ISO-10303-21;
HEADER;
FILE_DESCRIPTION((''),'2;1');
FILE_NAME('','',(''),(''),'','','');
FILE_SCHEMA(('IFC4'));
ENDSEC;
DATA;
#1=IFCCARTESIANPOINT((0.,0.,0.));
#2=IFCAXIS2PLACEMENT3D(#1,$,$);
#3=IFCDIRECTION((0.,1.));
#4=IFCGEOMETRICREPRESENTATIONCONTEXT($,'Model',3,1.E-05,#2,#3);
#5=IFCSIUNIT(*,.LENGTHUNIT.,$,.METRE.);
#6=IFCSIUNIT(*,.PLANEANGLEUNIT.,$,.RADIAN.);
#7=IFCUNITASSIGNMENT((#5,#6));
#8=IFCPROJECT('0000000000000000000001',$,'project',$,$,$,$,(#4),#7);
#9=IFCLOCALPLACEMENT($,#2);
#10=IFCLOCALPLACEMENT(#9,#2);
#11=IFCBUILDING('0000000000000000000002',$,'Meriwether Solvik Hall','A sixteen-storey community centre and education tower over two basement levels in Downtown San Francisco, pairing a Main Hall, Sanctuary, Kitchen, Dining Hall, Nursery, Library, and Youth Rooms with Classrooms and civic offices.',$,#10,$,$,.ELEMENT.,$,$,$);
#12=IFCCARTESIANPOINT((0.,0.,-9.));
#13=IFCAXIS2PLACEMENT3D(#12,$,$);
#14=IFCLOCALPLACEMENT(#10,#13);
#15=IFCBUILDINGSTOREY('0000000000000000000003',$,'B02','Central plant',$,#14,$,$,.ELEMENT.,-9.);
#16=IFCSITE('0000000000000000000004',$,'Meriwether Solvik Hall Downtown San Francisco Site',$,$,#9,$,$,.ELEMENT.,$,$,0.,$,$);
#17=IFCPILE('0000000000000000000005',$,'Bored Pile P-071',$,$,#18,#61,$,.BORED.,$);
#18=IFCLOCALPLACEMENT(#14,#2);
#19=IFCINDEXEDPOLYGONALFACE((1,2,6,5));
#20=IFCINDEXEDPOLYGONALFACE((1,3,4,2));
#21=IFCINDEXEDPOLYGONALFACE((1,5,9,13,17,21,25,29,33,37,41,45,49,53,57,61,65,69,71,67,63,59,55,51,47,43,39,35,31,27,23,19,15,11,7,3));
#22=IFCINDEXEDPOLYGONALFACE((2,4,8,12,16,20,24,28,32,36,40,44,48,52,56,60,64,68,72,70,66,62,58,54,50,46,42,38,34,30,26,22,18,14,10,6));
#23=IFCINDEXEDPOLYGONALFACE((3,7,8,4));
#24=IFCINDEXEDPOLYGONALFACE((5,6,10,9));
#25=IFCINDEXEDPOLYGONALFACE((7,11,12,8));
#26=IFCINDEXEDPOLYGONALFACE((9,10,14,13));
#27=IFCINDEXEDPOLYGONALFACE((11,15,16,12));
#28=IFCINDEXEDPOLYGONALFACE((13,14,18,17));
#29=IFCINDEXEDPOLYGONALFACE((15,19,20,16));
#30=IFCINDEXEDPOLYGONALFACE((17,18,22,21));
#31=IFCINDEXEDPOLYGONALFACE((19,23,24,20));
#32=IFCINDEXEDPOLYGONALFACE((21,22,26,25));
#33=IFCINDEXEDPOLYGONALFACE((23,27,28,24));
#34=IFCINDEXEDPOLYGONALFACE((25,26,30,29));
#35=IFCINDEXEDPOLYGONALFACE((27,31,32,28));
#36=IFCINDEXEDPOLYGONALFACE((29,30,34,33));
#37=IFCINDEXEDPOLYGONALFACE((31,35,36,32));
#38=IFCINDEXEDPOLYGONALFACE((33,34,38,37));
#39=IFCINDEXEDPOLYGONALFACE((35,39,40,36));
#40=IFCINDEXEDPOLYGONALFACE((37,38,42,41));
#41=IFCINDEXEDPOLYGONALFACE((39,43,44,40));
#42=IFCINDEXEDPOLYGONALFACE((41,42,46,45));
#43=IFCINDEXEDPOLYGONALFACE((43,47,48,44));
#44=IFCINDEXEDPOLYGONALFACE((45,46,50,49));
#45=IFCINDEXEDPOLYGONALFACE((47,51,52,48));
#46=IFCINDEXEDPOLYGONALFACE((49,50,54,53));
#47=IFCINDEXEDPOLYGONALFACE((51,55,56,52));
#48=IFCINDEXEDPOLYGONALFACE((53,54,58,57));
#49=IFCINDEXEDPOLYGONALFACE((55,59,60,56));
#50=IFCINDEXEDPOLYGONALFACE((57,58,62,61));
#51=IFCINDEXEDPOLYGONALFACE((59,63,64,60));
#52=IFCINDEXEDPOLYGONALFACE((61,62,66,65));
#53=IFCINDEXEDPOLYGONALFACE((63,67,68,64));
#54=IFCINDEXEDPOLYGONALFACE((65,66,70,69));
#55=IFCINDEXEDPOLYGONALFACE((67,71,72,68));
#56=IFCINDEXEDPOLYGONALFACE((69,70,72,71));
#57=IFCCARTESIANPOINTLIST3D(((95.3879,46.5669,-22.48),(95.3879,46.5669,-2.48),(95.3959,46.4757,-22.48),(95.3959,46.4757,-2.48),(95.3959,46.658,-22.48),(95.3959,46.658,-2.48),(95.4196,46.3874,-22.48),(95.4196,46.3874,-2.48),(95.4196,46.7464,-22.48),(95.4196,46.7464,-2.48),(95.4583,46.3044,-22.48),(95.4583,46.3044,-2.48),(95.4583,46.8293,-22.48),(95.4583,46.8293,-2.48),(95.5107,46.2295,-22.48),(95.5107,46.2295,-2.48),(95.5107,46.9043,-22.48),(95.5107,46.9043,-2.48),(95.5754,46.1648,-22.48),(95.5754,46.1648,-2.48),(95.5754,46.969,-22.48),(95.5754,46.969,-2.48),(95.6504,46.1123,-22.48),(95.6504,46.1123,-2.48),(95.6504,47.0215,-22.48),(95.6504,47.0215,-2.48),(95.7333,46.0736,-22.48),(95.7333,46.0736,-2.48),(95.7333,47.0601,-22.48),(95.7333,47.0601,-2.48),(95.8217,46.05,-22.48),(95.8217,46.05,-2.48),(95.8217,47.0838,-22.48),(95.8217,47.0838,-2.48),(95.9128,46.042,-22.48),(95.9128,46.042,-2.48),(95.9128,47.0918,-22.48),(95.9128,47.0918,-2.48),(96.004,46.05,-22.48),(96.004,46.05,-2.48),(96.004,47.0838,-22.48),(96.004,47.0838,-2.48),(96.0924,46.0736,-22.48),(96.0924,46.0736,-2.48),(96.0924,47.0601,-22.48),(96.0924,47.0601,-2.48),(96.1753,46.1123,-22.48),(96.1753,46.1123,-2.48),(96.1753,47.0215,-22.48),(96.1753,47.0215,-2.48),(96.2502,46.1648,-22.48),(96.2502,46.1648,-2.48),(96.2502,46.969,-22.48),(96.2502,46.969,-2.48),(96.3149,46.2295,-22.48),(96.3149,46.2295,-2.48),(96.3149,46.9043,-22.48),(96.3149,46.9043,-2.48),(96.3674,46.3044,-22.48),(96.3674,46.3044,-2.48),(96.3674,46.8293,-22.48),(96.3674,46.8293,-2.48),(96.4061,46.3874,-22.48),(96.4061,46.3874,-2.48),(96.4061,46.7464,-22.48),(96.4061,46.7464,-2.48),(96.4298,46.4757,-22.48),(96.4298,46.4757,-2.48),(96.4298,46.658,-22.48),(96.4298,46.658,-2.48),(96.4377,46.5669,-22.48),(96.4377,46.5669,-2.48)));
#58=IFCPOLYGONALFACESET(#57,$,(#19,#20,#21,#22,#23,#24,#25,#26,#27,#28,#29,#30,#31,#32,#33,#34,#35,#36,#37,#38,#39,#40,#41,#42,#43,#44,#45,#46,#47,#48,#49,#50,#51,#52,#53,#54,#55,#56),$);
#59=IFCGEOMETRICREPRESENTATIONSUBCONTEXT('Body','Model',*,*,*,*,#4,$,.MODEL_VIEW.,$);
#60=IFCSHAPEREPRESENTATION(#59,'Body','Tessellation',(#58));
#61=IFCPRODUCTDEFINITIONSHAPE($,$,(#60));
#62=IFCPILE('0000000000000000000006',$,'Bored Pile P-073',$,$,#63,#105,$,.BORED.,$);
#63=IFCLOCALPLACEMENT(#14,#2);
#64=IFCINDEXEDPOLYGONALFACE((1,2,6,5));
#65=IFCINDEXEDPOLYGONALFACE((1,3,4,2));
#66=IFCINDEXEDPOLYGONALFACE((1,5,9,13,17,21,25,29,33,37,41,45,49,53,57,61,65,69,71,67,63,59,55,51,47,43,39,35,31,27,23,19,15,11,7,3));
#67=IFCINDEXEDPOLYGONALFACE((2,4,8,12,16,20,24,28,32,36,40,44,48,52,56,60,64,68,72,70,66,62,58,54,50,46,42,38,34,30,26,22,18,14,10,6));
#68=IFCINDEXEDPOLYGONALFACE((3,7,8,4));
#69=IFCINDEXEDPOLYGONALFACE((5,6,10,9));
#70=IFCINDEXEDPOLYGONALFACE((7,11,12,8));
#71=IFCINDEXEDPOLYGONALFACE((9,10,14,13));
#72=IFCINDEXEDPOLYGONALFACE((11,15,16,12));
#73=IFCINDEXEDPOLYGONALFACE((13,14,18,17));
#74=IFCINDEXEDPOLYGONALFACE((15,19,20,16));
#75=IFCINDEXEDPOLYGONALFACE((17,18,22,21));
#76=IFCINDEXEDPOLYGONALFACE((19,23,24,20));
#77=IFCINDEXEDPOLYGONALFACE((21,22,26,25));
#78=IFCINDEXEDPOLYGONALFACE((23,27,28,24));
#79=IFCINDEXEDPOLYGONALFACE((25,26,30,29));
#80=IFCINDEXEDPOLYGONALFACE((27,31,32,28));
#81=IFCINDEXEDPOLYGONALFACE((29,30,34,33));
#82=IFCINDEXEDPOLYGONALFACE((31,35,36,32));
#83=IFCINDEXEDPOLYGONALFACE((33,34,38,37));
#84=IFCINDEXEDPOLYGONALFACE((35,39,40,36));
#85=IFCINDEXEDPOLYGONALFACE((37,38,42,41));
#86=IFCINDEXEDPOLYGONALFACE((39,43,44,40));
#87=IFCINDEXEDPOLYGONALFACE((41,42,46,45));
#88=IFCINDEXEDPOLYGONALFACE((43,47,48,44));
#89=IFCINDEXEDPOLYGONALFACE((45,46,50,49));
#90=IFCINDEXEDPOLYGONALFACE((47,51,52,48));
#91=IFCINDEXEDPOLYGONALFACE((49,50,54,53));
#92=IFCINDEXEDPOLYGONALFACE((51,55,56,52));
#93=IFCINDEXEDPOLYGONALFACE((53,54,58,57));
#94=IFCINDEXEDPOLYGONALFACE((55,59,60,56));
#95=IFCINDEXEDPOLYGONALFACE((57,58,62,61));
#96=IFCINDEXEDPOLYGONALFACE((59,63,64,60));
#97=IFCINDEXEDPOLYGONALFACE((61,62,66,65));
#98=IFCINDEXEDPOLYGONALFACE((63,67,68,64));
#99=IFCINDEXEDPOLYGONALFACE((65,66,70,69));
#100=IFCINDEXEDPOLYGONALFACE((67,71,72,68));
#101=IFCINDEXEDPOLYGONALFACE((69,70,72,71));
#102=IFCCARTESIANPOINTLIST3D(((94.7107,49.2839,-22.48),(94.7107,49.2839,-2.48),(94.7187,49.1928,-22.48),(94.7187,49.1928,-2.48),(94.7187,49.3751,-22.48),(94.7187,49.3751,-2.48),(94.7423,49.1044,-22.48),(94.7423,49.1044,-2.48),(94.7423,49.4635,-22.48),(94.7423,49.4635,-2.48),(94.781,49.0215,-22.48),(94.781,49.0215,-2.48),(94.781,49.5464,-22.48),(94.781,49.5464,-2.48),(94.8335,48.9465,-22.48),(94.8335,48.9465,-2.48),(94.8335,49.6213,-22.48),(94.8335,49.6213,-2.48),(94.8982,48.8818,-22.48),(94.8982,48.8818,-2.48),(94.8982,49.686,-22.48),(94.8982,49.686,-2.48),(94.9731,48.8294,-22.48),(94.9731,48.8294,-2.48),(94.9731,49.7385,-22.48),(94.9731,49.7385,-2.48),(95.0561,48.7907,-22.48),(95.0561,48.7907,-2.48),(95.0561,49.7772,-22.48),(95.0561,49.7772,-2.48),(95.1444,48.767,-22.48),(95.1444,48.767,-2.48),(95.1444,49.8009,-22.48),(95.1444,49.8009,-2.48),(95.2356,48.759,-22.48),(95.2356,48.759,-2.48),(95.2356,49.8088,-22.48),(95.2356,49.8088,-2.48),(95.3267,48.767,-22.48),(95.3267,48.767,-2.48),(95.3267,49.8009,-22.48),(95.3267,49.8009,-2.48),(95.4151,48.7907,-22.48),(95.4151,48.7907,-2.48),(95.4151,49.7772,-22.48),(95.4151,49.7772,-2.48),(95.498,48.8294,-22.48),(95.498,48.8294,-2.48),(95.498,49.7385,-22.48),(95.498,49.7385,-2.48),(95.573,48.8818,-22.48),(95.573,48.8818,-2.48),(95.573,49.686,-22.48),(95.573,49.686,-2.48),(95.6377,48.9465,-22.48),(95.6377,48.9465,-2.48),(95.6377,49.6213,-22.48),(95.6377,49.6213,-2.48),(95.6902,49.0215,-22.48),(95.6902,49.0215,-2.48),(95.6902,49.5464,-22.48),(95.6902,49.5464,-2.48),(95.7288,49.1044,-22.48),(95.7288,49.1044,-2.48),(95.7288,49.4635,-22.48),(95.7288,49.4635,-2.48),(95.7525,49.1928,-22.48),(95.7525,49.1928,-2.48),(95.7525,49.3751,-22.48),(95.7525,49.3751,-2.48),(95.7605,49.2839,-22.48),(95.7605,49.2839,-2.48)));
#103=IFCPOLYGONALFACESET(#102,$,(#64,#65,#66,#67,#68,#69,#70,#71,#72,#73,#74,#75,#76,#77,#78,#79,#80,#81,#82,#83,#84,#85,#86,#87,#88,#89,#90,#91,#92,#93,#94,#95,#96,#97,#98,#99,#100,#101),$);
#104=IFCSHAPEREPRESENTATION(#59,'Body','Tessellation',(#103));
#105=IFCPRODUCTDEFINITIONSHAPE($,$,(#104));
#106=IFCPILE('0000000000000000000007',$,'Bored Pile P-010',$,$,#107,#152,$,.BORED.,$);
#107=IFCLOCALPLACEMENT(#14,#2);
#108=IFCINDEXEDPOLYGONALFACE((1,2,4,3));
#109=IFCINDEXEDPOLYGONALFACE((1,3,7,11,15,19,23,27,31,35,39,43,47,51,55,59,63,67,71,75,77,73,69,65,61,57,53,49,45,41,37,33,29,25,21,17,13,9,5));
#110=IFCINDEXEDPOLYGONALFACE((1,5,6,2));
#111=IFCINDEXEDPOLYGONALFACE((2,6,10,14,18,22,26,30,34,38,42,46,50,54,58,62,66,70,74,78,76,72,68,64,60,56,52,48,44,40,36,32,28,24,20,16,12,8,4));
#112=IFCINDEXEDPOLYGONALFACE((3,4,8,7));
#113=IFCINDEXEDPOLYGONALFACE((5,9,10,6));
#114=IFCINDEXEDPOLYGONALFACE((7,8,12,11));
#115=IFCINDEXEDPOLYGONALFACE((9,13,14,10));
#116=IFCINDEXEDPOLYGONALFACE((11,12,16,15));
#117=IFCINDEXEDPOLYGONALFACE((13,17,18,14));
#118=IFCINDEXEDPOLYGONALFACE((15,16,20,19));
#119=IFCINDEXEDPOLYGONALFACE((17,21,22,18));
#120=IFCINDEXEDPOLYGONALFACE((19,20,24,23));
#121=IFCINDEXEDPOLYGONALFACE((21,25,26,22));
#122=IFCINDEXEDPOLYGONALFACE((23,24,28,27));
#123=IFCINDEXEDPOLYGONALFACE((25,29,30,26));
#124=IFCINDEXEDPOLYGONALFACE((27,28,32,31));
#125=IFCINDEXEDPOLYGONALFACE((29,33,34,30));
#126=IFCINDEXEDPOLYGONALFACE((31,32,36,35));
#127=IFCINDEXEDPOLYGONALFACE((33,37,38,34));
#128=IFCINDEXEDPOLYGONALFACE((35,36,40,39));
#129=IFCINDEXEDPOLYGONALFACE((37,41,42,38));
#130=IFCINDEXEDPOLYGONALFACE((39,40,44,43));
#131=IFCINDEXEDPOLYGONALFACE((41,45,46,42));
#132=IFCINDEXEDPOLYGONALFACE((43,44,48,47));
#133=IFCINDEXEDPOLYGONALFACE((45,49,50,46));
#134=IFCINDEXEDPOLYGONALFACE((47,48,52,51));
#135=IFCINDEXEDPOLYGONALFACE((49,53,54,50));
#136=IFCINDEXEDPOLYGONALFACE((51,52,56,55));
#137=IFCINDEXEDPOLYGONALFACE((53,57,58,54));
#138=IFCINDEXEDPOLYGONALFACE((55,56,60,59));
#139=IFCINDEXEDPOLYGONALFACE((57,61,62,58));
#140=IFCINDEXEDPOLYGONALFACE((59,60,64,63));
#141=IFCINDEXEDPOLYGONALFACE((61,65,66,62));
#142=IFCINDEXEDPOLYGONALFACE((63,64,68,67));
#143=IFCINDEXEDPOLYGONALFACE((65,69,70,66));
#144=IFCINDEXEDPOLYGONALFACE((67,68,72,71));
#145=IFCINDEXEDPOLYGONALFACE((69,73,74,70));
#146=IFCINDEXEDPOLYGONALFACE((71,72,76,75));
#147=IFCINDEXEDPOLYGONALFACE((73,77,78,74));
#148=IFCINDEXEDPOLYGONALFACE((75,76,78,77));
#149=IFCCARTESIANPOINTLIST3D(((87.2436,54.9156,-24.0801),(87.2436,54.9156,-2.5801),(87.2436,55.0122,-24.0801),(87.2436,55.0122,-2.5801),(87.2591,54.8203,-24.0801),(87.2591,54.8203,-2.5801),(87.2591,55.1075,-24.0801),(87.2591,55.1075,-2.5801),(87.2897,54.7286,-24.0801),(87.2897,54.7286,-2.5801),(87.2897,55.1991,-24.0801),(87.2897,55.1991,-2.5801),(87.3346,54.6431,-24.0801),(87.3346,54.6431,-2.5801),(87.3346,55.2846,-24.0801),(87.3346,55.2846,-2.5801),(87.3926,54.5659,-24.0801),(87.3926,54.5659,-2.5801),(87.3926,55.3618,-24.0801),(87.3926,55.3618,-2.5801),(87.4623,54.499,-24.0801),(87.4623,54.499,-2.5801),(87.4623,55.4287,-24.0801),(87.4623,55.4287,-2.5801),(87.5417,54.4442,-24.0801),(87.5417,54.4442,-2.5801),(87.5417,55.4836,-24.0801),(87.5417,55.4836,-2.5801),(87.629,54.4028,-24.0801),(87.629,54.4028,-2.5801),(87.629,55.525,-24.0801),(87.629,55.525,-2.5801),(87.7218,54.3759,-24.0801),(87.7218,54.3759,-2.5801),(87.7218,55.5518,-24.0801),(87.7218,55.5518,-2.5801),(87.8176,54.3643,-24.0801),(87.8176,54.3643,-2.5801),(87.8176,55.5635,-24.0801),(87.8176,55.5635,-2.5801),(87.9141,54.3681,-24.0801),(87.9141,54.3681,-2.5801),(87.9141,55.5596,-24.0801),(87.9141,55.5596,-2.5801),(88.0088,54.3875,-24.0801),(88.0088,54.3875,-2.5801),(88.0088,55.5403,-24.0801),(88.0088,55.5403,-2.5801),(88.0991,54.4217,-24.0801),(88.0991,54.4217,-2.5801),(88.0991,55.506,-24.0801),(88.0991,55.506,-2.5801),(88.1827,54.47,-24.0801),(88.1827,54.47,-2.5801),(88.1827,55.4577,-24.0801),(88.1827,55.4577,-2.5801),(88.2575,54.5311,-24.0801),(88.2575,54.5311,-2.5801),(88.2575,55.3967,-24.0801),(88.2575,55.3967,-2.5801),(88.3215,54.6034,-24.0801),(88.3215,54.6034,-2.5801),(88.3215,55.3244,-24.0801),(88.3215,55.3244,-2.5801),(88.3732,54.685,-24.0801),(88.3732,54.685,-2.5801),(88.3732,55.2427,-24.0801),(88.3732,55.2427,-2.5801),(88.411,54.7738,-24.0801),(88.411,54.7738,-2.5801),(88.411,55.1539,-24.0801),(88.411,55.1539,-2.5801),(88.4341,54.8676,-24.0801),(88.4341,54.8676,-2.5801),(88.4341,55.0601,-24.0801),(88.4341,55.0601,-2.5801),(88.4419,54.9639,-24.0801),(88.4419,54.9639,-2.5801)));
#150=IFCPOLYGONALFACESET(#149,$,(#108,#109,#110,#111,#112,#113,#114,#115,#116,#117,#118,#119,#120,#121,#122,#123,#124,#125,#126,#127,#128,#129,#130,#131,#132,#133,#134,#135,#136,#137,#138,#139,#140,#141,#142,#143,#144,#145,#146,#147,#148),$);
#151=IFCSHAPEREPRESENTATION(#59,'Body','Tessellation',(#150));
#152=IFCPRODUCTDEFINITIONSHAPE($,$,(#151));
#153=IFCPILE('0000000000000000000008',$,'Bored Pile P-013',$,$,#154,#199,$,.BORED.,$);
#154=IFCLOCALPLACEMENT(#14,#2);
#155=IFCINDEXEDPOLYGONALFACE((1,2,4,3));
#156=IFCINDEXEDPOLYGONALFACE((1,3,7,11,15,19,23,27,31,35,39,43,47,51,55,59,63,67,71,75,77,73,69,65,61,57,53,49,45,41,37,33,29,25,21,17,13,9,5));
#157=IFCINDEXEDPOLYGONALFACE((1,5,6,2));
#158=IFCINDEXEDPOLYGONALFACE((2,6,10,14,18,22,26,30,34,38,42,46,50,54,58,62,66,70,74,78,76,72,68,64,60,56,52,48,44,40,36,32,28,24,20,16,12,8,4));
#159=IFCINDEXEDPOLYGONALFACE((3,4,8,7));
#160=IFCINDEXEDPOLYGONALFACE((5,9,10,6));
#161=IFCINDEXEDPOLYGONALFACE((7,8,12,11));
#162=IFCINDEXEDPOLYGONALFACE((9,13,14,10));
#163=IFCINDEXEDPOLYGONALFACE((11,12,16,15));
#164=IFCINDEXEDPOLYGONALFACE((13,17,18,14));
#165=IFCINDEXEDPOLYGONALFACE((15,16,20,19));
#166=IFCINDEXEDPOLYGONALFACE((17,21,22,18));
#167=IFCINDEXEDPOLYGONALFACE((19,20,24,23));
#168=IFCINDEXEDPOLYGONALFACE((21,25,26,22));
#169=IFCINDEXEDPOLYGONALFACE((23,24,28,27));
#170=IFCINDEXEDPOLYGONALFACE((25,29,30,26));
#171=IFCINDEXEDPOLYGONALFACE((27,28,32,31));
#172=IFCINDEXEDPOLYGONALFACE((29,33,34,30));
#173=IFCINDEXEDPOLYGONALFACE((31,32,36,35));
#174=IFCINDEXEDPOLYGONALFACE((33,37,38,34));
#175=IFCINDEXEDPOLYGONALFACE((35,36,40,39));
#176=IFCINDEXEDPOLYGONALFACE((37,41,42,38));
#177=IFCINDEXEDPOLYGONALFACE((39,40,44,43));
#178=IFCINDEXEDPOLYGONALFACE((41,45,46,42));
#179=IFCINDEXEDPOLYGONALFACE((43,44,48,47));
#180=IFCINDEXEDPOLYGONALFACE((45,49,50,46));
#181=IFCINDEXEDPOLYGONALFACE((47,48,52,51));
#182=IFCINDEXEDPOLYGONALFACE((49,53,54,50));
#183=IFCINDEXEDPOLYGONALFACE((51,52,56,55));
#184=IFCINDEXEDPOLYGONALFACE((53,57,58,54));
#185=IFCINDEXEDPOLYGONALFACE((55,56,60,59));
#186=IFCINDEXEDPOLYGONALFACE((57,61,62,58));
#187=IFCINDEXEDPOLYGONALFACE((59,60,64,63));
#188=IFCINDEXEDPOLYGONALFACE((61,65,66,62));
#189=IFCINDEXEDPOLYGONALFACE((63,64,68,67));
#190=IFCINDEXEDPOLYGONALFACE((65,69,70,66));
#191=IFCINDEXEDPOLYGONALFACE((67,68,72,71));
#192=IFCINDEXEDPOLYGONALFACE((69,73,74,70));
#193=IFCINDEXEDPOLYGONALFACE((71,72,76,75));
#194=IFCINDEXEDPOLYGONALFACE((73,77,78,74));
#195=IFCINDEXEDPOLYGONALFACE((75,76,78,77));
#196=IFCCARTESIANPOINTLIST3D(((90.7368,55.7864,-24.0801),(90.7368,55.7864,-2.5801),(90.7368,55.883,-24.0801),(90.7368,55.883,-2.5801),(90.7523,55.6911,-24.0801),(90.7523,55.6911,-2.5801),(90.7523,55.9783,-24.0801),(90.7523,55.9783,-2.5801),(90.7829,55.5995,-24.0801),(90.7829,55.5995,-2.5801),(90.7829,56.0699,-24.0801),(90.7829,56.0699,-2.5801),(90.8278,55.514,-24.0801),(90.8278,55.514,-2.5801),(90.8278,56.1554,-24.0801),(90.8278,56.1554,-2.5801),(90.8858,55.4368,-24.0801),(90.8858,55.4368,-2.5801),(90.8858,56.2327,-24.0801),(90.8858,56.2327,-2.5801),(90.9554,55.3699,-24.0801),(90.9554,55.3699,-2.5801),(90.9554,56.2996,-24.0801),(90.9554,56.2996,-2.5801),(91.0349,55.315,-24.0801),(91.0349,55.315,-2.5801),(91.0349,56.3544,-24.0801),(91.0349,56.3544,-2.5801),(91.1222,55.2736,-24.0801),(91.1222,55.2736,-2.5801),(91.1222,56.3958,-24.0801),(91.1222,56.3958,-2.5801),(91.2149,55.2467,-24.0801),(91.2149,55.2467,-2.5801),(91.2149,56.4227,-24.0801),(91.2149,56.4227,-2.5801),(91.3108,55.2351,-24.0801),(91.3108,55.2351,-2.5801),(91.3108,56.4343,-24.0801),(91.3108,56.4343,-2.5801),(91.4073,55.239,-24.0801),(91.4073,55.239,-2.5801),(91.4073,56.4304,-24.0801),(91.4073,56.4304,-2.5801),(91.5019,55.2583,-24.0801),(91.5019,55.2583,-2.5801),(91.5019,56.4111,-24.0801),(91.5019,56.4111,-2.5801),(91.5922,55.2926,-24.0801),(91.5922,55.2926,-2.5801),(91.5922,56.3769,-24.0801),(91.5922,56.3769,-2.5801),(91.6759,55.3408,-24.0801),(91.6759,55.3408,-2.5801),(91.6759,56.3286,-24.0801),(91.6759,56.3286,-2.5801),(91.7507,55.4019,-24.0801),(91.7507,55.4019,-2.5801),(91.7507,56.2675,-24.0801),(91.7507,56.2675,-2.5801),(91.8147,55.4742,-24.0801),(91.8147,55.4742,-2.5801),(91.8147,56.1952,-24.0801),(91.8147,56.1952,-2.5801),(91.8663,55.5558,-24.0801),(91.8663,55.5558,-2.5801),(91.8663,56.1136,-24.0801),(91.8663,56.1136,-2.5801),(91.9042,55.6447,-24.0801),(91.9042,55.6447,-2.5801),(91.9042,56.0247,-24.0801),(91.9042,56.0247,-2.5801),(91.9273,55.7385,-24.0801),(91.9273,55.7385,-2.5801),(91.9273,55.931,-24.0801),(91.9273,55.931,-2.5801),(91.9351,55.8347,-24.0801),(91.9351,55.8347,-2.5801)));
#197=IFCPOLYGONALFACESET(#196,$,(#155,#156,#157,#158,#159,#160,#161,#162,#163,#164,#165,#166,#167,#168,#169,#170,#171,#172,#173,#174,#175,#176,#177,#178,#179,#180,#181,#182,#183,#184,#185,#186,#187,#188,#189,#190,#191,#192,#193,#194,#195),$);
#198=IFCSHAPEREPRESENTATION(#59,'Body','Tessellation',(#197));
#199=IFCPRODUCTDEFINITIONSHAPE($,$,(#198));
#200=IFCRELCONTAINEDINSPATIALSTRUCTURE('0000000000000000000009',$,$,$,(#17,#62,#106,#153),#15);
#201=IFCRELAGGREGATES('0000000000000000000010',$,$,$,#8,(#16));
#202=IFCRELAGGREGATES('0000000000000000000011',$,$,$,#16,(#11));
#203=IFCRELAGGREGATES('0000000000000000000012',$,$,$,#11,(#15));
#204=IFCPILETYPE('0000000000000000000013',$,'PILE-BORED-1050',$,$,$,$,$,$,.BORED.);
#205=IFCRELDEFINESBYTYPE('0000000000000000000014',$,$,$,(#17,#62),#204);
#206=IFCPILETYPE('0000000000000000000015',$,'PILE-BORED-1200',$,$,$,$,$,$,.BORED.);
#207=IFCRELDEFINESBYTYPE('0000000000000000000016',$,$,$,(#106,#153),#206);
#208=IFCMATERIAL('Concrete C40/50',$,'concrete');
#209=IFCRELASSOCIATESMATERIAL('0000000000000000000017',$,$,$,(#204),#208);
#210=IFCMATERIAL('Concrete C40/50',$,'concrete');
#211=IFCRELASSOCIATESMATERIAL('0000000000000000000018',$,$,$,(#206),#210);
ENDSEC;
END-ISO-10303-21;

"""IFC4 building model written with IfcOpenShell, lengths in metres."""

from ifc_helpers import new_model, si_unit, direction, frame, origin, origin_2d, place, context, subcontext, project, spatial, circle, extrude, material, material_profile, profile_set, type_object, element, save


model = new_model("IFC4")

# Units and contexts
model_context = context("Model", 3, precision=1e-05, world=origin(), true_north=direction((0.0, 1.0)))
body_context = subcontext(model_context, "Body", "Model", "MODEL_VIEW")
ifc_project = project(units=[si_unit("LENGTHUNIT", "METRE"), si_unit("PLANEANGLEUNIT", "RADIAN")], contexts=[model_context])

# Site, building, storey
site_placement = place(None, origin())
site = spatial("IfcSite", under=ifc_project, at=site_placement, Name="Meriwether Solvik Hall Downtown San Francisco Site", CompositionType="ELEMENT", RefElevation=0.0)
building_placement = place(site_placement, origin())
building = spatial("IfcBuilding", under=site, at=building_placement, Name="Meriwether Solvik Hall", Description="A sixteen-storey community centre and education tower over two basement levels in Downtown San Francisco, pairing a Main Hall, Sanctuary, Kitchen, Dining Hall, Nursery, Library, and Youth Rooms with Classrooms and civic offices.", CompositionType="ELEMENT")
storey_placement = place(building_placement, frame((0.0, 0.0, -9.0)))
storey = spatial("IfcBuildingStorey", under=building, at=storey_placement, Name="B02", Description="Central plant", CompositionType="ELEMENT", Elevation=-9.0)

# Piles
ifc_material_1 = material(Name="Concrete C40/50", Category="concrete")
ifc_material_profile_1 = material_profile(ifc_material_1, circle(Radius=0.5249, at=origin_2d()), Name="PILE-D1050")
ifc_profile_set_1 = profile_set([ifc_material_profile_1], Name="Concrete C40/50")
pile_type_1 = type_object("IfcPileType", Name="PILE-BORED-1050", PredefinedType="BORED", material=ifc_profile_set_1)
for number, where, z_axis, x_axis, name in (
    (1, (95.9128, 46.5669, -2.48), (0.0, 0.0, -1.0), (1.0, 0.0, 0.0), "Bored Pile P-071"),
    (2, (95.2356, 49.2839, -2.48), (0.0, 0.0, -1.0), (1.0, 0.0, 0.0), "Bored Pile P-073"),
):
    element("IfcPile", number, at=place(storey_placement, frame(where, z_axis=z_axis, x_axis=x_axis)), inside=storey, type_object=pile_type_1, Name=name, PredefinedType="BORED", context=body_context, shape_type="SweptSolid", body=[
        extrude(circle(Radius=0.5249, at=origin_2d()), origin(), (0.0, 0.0, 1.0), 20.0),
    ])
ifc_material_2 = material(Name="Concrete C40/50", Category="concrete")
ifc_material_profile_2 = material_profile(ifc_material_2, circle(Radius=0.6001, at=origin_2d()), Name="PILE-D1200")
ifc_profile_set_2 = profile_set([ifc_material_profile_2], Name="Concrete C40/50")
pile_type_2 = type_object("IfcPileType", Name="PILE-BORED-1200", PredefinedType="BORED", material=ifc_profile_set_2)
for number, where, z_axis, x_axis, name in (
    (3, (87.8418, 54.9639, -2.5801), (0.0, 0.0, -1.0), (1.0, 0.0, 0.0), "Bored Pile P-010"),
    (4, (91.335, 55.8347, -2.5801), (0.0, 0.0, -1.0), (1.0, 0.0, 0.0), "Bored Pile P-013"),
):
    element("IfcPile", number, at=place(storey_placement, frame(where, z_axis=z_axis, x_axis=x_axis)), inside=storey, type_object=pile_type_2, Name=name, PredefinedType="BORED", context=body_context, shape_type="SweptSolid", body=[
        extrude(circle(Radius=0.6001, at=origin_2d()), origin(), (0.0, 0.0, 1.0), 21.5),
    ])

save(model, "model.ifc")
